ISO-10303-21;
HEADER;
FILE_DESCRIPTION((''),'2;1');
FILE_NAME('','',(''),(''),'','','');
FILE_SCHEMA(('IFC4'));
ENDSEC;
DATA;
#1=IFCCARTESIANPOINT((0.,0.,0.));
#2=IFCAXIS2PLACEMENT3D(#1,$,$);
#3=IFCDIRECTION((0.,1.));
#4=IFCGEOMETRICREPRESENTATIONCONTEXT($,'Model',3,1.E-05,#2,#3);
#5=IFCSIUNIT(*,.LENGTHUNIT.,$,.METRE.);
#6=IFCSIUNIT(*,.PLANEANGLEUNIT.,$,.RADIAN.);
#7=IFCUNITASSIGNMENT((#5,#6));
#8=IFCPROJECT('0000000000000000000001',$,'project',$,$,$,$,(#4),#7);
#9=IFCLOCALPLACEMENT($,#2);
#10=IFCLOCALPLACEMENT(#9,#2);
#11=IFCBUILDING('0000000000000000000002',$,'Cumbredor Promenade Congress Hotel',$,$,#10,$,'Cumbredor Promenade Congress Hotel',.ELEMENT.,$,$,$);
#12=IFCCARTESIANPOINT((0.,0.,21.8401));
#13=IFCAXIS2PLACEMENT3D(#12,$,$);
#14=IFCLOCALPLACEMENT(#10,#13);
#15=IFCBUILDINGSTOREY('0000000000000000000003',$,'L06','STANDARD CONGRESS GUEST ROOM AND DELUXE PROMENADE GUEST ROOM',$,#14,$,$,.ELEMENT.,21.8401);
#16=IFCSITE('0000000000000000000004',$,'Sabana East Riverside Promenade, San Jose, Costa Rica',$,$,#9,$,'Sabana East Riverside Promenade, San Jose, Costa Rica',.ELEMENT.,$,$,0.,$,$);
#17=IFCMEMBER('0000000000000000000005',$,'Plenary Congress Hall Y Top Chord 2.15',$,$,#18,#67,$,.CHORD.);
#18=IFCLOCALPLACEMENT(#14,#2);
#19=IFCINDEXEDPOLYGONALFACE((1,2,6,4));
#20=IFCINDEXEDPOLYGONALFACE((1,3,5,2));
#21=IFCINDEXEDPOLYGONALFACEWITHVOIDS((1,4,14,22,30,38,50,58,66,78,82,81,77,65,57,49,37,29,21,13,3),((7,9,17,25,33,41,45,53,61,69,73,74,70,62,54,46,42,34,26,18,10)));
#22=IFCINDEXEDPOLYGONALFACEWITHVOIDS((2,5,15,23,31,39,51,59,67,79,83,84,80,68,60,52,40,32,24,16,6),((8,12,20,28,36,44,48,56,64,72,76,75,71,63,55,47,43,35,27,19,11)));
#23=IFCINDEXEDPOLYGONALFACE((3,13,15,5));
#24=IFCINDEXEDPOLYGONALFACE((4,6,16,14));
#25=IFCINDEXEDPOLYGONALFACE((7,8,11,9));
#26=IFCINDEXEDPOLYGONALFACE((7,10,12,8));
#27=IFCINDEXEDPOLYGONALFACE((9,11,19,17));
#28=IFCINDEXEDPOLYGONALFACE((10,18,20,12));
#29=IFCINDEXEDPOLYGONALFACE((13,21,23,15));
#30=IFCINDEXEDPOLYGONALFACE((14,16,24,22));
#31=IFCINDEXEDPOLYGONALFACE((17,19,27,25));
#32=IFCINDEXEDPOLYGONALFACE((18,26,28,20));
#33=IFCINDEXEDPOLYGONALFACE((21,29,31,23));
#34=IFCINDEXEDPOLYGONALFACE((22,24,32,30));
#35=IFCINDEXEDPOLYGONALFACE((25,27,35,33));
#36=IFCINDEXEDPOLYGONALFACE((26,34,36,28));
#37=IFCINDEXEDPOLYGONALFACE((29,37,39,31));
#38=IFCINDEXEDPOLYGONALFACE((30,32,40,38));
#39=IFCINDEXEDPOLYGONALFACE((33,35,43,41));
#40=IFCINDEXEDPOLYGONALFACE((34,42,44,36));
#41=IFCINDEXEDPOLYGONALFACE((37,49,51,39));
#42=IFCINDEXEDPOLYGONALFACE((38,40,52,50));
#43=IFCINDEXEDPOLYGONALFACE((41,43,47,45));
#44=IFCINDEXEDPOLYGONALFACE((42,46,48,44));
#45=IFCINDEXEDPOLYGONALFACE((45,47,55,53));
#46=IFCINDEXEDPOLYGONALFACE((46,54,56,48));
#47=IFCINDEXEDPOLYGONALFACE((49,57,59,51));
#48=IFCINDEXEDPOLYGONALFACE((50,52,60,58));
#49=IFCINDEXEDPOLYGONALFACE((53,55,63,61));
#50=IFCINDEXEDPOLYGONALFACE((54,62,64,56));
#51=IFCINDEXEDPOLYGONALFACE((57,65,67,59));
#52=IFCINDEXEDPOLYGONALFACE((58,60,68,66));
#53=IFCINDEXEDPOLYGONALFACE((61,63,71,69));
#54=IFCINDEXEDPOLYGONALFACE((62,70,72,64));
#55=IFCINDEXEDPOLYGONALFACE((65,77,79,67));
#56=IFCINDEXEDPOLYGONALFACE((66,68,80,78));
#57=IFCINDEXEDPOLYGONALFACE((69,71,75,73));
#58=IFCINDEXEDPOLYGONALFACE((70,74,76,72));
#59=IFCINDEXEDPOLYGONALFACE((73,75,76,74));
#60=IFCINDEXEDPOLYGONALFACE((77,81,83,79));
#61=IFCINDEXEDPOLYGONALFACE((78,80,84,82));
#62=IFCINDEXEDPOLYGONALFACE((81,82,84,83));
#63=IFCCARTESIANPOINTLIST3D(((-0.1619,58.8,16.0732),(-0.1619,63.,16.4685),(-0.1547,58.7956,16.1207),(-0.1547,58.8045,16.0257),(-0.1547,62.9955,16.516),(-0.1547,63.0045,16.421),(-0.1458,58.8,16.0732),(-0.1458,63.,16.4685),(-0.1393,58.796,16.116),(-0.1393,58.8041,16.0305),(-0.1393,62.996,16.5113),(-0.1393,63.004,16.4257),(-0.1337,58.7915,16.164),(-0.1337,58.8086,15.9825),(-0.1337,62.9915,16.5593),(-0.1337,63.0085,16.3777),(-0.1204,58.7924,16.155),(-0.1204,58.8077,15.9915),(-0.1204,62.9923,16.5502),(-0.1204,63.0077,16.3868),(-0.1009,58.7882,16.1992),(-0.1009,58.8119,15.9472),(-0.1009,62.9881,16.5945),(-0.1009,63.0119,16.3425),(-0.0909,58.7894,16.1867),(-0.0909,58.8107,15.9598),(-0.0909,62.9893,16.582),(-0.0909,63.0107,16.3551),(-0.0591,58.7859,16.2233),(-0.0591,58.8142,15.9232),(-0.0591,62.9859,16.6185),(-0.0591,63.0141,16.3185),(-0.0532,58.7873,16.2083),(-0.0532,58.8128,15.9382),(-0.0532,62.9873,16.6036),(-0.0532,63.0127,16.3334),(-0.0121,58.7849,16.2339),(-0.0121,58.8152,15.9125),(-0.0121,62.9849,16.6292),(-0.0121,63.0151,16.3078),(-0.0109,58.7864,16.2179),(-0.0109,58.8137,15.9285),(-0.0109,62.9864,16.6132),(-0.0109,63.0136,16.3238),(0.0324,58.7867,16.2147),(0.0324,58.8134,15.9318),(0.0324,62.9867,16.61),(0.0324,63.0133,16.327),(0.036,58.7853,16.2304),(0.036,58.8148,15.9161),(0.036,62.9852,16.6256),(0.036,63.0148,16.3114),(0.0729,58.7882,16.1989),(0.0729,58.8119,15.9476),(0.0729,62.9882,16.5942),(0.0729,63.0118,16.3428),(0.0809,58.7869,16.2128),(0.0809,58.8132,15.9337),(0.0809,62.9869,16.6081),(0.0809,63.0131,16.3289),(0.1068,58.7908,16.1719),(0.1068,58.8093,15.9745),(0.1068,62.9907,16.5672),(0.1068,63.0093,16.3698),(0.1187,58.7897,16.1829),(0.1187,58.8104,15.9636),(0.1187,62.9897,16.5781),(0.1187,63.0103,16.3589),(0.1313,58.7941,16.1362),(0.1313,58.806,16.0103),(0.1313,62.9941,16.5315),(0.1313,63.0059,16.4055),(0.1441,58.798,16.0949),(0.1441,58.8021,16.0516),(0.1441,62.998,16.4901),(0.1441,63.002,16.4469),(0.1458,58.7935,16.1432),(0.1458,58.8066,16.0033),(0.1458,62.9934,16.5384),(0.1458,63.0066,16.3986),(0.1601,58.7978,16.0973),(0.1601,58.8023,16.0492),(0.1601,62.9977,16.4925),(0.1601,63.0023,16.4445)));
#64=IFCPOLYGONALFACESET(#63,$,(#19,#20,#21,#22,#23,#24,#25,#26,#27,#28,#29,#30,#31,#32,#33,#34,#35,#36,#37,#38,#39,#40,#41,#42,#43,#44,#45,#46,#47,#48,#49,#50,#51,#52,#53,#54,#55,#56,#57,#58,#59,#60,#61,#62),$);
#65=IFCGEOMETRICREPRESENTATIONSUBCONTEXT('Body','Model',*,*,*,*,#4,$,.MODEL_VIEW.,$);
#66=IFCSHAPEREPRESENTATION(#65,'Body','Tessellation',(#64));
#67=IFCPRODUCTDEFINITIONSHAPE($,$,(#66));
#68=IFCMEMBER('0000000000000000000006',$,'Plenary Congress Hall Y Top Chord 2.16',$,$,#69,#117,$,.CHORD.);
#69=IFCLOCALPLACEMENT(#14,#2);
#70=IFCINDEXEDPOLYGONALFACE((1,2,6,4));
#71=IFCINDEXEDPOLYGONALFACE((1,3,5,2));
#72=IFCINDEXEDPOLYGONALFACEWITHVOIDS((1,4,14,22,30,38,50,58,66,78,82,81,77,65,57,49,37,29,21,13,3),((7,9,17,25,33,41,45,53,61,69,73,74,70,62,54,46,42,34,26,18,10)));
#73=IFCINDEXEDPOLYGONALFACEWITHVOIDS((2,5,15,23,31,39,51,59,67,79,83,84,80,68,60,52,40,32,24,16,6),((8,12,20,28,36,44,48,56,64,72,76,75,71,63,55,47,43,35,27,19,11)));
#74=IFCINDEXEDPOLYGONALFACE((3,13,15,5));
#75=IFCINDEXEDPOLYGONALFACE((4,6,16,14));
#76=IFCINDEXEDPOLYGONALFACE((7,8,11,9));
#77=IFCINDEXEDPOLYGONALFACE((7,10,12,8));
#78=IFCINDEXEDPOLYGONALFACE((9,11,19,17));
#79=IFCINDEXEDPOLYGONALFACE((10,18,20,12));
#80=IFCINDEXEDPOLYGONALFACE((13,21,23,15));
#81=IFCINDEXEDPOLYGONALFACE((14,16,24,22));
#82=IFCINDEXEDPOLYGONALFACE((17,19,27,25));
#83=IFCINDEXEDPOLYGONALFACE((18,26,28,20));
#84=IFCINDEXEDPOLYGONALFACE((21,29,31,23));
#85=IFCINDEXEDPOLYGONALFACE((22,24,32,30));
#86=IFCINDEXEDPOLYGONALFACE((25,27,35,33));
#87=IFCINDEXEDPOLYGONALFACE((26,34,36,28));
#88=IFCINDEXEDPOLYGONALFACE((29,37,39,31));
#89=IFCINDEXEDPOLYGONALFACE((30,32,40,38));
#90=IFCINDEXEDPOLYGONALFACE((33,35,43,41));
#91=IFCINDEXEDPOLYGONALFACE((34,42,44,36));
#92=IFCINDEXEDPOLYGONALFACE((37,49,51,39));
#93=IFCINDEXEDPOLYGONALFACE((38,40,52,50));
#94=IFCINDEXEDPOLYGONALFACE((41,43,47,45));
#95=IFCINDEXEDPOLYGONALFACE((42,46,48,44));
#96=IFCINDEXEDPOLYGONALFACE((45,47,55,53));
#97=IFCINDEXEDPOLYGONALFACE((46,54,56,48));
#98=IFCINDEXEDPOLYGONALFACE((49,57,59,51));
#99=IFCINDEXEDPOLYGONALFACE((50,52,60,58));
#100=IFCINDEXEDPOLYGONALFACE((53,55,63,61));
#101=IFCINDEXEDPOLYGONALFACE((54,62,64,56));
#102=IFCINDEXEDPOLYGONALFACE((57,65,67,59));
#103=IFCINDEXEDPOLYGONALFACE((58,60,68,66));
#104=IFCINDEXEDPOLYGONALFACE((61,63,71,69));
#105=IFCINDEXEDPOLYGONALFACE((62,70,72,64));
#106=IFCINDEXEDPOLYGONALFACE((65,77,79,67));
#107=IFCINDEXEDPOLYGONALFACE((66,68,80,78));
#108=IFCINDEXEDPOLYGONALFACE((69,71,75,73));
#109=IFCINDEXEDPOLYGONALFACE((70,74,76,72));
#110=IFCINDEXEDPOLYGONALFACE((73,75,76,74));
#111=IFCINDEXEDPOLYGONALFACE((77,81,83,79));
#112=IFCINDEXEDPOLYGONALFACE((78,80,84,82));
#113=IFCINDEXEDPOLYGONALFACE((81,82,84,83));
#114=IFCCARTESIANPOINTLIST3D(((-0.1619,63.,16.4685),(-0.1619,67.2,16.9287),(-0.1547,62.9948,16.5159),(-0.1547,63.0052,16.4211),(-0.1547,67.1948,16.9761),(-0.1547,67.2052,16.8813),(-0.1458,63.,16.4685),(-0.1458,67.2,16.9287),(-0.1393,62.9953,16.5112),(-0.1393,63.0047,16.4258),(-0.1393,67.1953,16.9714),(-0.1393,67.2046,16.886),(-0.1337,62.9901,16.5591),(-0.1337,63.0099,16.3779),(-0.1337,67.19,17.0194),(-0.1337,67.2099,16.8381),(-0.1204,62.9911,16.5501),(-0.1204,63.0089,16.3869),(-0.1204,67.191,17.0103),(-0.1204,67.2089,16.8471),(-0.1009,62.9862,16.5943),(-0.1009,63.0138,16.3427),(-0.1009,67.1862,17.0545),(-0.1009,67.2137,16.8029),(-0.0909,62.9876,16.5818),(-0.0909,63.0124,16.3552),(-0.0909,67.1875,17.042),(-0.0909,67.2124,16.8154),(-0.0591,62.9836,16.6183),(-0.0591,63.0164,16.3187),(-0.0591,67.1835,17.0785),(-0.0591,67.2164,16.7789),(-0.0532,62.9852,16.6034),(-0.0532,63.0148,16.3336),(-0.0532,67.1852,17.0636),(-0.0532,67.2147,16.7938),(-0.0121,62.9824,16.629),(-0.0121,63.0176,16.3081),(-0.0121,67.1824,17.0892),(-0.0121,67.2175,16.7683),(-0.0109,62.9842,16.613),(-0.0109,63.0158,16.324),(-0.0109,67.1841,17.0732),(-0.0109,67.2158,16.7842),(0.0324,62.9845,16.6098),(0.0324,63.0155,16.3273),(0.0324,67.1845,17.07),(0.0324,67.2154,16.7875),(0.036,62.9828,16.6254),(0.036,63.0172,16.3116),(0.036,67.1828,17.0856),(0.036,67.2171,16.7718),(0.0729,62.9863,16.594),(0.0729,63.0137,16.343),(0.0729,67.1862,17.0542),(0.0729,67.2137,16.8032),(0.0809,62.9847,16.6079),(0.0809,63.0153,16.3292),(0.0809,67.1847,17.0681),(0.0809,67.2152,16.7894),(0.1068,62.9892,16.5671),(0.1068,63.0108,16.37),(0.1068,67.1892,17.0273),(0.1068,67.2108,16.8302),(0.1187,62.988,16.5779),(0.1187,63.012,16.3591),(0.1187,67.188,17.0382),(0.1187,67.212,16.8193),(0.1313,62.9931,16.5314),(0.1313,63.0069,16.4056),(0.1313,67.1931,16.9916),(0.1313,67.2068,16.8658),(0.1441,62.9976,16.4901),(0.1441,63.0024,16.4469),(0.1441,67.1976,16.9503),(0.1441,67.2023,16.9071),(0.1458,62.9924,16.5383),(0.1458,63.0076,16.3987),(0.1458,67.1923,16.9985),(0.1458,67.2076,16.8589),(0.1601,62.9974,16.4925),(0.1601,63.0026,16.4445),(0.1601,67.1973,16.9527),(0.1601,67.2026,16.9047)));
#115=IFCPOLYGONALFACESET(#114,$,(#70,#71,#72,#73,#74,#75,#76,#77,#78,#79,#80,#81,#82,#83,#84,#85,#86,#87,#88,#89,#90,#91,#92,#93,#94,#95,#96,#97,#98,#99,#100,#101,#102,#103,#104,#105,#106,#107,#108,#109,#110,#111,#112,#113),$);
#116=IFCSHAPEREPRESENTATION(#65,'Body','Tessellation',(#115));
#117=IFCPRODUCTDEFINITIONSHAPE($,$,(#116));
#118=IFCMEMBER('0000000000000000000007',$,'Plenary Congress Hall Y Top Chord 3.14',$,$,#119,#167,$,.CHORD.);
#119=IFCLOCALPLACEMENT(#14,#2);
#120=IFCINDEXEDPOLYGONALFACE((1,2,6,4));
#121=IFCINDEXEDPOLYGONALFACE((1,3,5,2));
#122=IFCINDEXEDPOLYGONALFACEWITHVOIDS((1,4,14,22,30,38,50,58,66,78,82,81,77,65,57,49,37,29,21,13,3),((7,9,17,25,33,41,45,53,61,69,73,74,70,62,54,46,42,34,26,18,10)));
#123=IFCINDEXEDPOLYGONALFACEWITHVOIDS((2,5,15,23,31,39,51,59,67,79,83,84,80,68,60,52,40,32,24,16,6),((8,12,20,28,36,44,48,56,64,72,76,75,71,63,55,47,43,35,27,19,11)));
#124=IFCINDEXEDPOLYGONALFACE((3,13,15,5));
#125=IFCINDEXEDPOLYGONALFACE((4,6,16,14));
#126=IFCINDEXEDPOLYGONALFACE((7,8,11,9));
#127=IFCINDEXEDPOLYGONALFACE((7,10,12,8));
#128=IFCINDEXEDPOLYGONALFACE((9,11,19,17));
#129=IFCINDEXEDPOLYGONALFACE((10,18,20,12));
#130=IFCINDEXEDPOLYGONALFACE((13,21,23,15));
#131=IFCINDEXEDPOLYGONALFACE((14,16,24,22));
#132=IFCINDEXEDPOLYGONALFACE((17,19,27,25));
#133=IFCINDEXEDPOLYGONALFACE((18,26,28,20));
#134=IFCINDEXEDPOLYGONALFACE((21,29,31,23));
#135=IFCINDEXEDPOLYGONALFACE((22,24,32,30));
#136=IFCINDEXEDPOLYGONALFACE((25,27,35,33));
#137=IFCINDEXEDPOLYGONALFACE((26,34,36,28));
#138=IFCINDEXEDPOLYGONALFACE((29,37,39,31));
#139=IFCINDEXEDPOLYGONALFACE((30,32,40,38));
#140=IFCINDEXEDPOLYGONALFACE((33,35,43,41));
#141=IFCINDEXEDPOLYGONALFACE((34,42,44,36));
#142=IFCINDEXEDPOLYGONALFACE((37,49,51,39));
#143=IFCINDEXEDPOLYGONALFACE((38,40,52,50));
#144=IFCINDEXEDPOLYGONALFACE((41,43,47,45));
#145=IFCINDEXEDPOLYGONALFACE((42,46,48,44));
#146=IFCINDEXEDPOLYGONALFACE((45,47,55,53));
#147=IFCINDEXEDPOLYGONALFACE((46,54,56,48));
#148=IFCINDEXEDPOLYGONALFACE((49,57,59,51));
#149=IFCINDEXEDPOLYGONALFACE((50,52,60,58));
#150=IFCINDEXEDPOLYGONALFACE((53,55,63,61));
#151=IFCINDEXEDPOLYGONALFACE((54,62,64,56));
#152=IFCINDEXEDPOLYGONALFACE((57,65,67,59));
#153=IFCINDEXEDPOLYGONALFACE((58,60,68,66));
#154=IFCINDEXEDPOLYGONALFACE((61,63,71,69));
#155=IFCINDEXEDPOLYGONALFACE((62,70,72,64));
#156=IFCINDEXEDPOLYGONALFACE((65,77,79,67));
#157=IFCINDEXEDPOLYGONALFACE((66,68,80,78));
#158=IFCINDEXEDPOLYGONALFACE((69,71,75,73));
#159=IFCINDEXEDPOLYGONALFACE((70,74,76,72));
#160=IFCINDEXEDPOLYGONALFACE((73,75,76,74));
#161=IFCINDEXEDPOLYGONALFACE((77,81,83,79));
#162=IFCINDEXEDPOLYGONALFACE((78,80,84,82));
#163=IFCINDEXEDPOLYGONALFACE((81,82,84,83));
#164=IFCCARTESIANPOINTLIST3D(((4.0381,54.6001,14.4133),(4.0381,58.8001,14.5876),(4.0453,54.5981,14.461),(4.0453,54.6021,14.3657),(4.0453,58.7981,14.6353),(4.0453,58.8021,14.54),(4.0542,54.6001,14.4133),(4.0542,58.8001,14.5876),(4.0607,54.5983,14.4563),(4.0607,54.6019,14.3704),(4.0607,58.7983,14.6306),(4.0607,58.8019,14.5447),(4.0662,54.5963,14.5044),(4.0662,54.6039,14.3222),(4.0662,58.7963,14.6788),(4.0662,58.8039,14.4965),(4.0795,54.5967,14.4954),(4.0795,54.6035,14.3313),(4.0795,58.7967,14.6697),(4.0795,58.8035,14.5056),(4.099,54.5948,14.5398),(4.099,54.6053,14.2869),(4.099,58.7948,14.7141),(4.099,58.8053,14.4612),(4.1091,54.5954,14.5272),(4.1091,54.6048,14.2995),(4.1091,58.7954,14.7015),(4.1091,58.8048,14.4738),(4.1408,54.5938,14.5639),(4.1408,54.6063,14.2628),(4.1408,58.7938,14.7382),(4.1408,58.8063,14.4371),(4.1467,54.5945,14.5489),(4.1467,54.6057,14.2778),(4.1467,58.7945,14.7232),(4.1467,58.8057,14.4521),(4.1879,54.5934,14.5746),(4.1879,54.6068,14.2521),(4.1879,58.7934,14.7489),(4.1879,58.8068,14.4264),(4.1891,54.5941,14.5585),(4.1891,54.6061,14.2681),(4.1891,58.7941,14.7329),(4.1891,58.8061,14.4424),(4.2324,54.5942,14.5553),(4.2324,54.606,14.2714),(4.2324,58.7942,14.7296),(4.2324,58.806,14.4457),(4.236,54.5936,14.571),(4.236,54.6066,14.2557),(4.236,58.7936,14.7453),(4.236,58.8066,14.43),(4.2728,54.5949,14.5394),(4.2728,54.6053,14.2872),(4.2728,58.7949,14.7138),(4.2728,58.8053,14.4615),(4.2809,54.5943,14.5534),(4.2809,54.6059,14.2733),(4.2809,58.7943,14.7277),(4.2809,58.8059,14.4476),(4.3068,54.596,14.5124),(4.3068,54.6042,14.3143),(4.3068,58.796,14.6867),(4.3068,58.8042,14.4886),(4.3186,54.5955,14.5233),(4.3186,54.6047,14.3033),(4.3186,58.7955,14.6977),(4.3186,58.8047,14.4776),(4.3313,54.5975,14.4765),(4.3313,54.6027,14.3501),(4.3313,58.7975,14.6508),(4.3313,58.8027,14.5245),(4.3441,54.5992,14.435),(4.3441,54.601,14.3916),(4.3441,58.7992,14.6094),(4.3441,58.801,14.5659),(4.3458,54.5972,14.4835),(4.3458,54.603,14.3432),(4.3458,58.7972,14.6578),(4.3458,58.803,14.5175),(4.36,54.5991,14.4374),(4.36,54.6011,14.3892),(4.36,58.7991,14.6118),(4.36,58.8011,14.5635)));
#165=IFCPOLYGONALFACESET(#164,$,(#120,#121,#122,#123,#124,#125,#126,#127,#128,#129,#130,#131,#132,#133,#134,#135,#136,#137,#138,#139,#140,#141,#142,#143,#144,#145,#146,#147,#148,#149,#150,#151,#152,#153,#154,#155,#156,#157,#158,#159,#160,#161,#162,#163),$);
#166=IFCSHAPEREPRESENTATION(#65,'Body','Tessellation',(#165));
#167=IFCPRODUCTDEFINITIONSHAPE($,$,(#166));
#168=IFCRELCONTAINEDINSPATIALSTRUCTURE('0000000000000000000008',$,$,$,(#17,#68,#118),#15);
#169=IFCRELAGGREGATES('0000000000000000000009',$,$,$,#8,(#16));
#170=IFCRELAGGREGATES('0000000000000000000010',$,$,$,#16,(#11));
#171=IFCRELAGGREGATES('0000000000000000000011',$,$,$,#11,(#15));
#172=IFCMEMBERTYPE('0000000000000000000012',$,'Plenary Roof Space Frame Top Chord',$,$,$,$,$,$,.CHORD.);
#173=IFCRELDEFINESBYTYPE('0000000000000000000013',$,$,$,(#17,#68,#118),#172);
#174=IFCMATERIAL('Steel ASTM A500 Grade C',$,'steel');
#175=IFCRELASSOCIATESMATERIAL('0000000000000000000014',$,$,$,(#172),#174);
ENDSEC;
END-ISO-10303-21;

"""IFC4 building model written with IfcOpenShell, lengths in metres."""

from ifc_helpers import new_model, si_unit, direction, frame, origin, origin_2d, place, context, subcontext, project, spatial, hollow_circle, extrude, material, material_profile, profile_set, type_object, element, save


model = new_model("IFC4")

# Units and contexts
model_context = context("Model", 3, precision=1e-05, world=origin(), true_north=direction((0.0, 1.0)))
body_context = subcontext(model_context, "Body", "Model", "MODEL_VIEW")
ifc_project = project(units=[si_unit("LENGTHUNIT", "METRE"), si_unit("PLANEANGLEUNIT", "RADIAN")], contexts=[model_context])

# Site, building, storey
site_placement = place(None, origin())
site = spatial("IfcSite", under=ifc_project, at=site_placement, Name="Sabana East Riverside Promenade, San Jose, Costa Rica", LongName="Sabana East Riverside Promenade, San Jose, Costa Rica", CompositionType="ELEMENT", RefElevation=0.0)
building_placement = place(site_placement, origin())
building = spatial("IfcBuilding", under=site, at=building_placement, Name="Cumbredor Promenade Congress Hotel", LongName="Cumbredor Promenade Congress Hotel", CompositionType="ELEMENT")
storey_placement = place(building_placement, frame((0.0, 0.0, 21.8401)))
storey = spatial("IfcBuildingStorey", under=building, at=storey_placement, Name="L06", Description="STANDARD CONGRESS GUEST ROOM AND DELUXE PROMENADE GUEST ROOM", CompositionType="ELEMENT", Elevation=21.8401)

# Members
ifc_material_1 = material(Name="Steel ASTM A500 Grade C", Category="steel")
ifc_material_profile_1 = material_profile(ifc_material_1, hollow_circle(Radius=0.1619, WallThickness=0.0161, at=origin_2d()), Name="CHS 323.9x16")
ifc_profile_set_1 = profile_set([ifc_material_profile_1], Name="Steel ASTM A500 Grade C")
member_type_1 = type_object("IfcMemberType", Name="Plenary Roof Space Frame Top Chord", PredefinedType="CHORD", material=ifc_profile_set_1)
member_1_placement = place(storey_placement, frame((0.0, 58.8, 16.0732), z_axis=(0.0, 0.995601, 0.093697), x_axis=(-1.0, 0.0, 0.0)))
element("IfcMember", 1, at=member_1_placement, inside=storey, type_object=member_type_1, Name="Plenary Congress Hall Y Top Chord 2.15", PredefinedType="CHORD", context=body_context, shape_type="SweptSolid", body=[
    extrude(hollow_circle(Radius=0.1619, WallThickness=0.0161, at=origin_2d()), origin(), (0.0, 0.0, 1.0), 4.2185),
])
member_2_placement = place(storey_placement, frame((0.0, 63.0, 16.4685), z_axis=(0.0, 0.99405, 0.108922), x_axis=(-1.0, 0.0, 0.0)))
element("IfcMember", 2, at=member_2_placement, inside=storey, type_object=member_type_1, Name="Plenary Congress Hall Y Top Chord 2.16", PredefinedType="CHORD", context=body_context, shape_type="SweptSolid", body=[
    extrude(hollow_circle(Radius=0.1619, WallThickness=0.0161, at=origin_2d()), origin(), (0.0, 0.0, 1.0), 4.2251),
])
member_3_placement = place(storey_placement, frame((4.2, 54.6001, 14.4133), z_axis=(0.0, 0.99914, 0.041469), x_axis=(-1.0, 0.0, 0.0)))
element("IfcMember", 3, at=member_3_placement, inside=storey, type_object=member_type_1, Name="Plenary Congress Hall Y Top Chord 3.14", PredefinedType="CHORD", context=body_context, shape_type="SweptSolid", body=[
    extrude(hollow_circle(Radius=0.1619, WallThickness=0.0161, at=origin_2d()), origin(), (0.0, 0.0, 1.0), 4.2036),
])

save(model, "model.ifc")
